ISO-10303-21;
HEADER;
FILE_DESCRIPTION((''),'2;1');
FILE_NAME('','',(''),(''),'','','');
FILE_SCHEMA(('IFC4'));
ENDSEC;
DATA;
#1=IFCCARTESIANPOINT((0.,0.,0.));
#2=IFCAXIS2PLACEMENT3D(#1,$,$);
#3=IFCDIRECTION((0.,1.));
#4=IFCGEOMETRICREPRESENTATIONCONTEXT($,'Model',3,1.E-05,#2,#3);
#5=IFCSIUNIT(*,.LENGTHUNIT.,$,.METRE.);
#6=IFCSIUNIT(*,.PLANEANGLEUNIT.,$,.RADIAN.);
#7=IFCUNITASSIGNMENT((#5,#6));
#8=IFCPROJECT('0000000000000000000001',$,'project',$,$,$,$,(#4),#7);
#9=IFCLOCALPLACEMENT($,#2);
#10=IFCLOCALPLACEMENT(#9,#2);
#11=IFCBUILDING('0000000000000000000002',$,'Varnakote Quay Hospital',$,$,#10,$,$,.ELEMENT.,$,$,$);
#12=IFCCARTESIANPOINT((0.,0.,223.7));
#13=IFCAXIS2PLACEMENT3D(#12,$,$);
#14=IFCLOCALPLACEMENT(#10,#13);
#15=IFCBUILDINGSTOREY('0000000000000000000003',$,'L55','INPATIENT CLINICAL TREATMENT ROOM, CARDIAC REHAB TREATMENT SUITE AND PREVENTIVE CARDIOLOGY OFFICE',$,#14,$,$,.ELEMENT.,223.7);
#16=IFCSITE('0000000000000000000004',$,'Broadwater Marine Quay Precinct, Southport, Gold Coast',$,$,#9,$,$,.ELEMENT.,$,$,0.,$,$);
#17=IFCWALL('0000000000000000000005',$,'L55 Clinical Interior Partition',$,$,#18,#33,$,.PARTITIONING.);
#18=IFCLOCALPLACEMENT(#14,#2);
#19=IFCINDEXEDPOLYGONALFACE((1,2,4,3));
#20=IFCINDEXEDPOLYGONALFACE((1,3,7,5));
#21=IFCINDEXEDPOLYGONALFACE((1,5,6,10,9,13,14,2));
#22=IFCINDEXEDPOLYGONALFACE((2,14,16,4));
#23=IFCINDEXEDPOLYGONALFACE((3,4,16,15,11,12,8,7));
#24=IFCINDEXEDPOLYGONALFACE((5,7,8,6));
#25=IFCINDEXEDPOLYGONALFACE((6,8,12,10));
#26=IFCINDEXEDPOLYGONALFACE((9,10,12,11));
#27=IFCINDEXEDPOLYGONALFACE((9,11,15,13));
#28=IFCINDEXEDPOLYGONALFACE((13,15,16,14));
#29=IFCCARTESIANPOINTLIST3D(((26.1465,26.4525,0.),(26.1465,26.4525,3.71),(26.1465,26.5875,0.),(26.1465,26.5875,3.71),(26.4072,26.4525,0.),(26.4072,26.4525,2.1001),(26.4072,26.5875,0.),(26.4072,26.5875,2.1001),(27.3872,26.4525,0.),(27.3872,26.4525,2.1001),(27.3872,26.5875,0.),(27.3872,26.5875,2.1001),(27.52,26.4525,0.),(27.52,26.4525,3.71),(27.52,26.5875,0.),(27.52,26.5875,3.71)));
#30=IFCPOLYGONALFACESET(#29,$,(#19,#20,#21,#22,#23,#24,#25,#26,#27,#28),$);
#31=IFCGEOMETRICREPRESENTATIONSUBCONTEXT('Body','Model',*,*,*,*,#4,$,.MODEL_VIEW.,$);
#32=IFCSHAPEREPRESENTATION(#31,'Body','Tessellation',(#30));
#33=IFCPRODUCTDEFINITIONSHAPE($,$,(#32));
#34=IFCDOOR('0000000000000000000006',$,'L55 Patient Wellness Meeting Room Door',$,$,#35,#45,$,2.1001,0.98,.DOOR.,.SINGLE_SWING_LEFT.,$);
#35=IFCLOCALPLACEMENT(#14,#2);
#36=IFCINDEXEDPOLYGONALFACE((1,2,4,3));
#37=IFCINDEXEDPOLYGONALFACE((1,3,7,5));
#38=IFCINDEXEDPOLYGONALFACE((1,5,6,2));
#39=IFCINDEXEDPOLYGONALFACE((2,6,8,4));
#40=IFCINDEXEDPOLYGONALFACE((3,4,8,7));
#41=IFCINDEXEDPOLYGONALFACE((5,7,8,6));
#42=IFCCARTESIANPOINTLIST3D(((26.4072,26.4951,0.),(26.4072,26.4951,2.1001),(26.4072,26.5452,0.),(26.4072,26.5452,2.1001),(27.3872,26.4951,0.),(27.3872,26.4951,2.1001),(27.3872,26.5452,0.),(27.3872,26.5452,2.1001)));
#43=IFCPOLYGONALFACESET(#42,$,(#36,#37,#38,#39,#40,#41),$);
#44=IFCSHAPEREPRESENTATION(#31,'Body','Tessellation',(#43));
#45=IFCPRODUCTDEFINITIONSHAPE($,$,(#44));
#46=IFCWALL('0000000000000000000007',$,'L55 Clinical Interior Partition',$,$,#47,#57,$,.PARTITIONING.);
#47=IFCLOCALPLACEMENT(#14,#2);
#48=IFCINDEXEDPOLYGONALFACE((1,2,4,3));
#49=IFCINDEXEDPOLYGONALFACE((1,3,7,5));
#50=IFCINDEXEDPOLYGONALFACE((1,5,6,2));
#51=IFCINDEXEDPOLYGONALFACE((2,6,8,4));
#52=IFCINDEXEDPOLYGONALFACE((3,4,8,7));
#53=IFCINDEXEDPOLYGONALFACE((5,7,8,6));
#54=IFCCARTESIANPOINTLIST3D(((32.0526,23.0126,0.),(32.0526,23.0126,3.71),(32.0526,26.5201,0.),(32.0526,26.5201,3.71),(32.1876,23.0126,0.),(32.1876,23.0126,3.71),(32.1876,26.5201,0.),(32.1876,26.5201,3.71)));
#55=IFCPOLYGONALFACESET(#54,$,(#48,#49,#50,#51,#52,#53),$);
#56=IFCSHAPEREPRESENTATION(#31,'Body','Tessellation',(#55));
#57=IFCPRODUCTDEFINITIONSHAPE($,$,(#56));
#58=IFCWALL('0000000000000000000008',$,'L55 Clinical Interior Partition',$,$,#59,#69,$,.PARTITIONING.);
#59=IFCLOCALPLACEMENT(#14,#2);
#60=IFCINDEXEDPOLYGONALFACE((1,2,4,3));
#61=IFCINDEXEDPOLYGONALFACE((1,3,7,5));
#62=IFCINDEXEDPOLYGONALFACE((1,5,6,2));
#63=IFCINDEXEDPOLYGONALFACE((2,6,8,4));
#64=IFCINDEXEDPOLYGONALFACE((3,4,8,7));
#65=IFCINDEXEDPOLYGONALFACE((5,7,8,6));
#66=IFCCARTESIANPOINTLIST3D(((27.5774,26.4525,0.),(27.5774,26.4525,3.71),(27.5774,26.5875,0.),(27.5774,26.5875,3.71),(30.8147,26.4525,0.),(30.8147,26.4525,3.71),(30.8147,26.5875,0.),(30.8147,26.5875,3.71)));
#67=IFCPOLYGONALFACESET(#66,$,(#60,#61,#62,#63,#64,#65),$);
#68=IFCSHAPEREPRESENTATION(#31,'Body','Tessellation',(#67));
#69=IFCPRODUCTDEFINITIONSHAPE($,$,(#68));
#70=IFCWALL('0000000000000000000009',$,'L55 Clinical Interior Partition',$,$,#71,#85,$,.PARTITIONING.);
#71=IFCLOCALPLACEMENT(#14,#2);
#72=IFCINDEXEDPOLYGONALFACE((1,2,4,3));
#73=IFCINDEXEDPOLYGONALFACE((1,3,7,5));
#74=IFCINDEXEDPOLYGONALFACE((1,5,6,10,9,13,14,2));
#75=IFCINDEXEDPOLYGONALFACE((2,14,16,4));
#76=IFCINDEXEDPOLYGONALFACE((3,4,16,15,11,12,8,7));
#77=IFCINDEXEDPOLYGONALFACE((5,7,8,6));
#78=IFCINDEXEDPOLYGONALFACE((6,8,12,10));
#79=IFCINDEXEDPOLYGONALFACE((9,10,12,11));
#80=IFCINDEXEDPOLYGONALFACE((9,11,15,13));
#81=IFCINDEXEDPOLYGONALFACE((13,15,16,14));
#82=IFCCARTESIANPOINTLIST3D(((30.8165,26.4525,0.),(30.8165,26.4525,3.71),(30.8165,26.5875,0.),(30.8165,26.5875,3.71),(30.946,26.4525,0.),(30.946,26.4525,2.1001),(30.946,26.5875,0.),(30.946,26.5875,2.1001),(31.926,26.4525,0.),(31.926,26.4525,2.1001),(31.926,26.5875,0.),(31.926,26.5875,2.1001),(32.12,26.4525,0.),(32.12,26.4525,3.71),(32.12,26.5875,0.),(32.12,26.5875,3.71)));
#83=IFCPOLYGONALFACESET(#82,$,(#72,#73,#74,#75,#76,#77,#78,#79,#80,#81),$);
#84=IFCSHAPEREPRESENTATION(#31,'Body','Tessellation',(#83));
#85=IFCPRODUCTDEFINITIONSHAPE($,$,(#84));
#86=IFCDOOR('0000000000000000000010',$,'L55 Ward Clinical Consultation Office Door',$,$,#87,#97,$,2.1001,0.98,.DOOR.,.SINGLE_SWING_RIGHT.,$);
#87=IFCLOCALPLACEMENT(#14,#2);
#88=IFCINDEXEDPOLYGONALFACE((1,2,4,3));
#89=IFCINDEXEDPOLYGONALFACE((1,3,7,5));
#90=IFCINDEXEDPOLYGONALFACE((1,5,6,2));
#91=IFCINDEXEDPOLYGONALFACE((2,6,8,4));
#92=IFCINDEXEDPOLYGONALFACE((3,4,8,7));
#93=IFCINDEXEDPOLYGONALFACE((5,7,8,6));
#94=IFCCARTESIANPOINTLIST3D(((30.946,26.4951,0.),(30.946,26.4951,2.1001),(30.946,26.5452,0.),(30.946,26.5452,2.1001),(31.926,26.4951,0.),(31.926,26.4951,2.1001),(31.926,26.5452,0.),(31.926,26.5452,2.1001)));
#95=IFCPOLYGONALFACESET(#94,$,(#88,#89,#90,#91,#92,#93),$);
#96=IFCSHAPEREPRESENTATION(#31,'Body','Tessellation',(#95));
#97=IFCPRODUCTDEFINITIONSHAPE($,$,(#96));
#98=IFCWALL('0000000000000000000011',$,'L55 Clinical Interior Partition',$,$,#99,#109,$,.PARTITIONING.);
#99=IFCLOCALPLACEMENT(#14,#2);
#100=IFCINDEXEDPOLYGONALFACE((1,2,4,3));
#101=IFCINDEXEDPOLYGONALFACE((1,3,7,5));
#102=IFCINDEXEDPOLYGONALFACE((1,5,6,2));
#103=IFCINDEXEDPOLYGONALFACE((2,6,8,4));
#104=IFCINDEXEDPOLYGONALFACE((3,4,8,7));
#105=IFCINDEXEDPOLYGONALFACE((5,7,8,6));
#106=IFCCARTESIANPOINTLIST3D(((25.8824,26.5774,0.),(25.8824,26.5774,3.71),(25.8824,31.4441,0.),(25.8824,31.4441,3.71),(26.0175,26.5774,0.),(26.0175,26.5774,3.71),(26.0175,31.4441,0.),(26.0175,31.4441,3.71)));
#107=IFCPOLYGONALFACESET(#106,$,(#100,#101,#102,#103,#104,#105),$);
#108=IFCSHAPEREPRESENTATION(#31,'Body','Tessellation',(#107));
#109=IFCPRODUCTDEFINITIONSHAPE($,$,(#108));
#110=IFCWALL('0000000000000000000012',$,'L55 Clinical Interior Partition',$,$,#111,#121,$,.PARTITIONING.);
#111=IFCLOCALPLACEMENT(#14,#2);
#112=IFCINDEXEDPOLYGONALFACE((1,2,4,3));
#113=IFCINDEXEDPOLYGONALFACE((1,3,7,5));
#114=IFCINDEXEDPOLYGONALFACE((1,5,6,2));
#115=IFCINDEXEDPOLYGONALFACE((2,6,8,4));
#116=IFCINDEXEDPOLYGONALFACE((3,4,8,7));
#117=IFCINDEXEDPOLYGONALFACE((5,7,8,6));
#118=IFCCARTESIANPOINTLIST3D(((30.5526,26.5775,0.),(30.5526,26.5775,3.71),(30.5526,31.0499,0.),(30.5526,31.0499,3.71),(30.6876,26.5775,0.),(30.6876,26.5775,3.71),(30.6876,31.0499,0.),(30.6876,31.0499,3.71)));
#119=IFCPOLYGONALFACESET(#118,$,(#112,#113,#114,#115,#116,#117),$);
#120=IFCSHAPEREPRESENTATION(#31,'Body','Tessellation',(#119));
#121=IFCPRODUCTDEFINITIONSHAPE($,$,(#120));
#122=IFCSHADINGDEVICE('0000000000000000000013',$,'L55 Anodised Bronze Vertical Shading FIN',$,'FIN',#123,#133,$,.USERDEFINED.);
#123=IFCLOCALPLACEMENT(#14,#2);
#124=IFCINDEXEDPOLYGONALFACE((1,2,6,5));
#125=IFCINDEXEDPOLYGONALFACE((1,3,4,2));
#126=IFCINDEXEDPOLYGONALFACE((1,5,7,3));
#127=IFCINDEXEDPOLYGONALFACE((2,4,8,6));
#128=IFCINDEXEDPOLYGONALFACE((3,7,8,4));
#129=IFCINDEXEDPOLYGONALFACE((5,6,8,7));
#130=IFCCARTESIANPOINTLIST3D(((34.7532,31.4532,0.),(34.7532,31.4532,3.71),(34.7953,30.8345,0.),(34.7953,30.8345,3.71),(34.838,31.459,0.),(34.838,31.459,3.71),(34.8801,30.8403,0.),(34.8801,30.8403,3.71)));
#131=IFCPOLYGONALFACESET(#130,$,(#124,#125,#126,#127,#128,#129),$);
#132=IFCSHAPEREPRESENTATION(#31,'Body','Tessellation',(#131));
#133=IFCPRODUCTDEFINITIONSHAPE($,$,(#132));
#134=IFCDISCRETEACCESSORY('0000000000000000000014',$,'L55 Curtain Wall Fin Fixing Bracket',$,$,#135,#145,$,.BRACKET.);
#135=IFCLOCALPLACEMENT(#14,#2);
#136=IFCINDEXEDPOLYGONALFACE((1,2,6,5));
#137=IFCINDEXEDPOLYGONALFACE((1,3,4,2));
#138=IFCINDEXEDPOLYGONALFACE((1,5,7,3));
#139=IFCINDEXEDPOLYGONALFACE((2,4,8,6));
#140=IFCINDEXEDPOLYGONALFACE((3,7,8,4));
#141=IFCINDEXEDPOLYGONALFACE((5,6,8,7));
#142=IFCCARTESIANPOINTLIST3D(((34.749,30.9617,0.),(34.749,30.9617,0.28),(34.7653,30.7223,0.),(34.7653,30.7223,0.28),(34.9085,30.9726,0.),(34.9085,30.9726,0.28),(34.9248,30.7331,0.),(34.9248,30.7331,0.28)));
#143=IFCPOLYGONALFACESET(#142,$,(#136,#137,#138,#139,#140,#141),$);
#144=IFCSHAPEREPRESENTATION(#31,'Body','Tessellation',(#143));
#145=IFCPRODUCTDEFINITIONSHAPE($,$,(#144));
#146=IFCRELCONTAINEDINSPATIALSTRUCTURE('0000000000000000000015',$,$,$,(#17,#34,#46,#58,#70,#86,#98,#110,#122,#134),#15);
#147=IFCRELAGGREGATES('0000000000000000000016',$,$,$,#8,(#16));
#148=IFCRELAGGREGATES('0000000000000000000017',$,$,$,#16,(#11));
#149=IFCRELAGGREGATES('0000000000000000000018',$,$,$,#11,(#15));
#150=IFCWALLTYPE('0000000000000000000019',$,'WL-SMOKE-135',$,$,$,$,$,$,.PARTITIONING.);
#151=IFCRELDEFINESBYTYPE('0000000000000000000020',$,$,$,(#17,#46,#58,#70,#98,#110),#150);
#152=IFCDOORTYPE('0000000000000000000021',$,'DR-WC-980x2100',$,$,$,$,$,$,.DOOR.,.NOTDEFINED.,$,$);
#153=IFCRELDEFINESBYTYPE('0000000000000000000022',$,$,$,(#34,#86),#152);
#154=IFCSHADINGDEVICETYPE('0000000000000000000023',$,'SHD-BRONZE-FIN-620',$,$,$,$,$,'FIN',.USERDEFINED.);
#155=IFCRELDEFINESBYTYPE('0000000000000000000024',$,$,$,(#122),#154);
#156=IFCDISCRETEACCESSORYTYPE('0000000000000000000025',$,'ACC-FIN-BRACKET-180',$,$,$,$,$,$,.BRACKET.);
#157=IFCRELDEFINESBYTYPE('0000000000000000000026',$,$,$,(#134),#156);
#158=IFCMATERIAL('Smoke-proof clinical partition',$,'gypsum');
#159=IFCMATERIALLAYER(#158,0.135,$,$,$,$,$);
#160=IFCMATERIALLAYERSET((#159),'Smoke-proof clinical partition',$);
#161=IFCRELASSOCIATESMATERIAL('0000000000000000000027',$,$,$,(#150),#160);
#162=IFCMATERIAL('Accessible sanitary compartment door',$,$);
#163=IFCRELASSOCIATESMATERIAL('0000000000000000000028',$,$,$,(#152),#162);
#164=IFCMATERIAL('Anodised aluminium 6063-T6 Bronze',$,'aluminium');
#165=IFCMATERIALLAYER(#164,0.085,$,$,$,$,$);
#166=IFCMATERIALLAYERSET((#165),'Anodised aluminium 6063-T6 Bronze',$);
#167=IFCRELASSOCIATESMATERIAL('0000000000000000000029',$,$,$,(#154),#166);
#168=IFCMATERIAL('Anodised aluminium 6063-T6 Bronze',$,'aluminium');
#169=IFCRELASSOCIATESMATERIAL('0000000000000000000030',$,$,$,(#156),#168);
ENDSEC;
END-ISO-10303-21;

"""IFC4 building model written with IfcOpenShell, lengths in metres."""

from ifc_helpers import new_model, si_unit, direction, frame, frame_2d, origin, origin_2d, place, context, subcontext, project, spatial, rectangle, extrude, material, layer, layer_set, type_object, element, fill, save


model = new_model("IFC4")

# Units and contexts
model_context = context("Model", 3, precision=1e-05, world=origin(), true_north=direction((0.0, 1.0)))
body_context = subcontext(model_context, "Body", "Model", "MODEL_VIEW")
ifc_project = project(units=[si_unit("LENGTHUNIT", "METRE"), si_unit("PLANEANGLEUNIT", "RADIAN")], contexts=[model_context])

# Site, building, storey
site_placement = place(None, origin())
site = spatial("IfcSite", under=ifc_project, at=site_placement, Name="Broadwater Marine Quay Precinct, Southport, Gold Coast", CompositionType="ELEMENT", RefElevation=0.0)
building_placement = place(site_placement, origin())
building = spatial("IfcBuilding", under=site, at=building_placement, Name="Varnakote Quay Hospital", CompositionType="ELEMENT")
storey_placement = place(building_placement, frame((0.0, 0.0, 223.7)))
storey = spatial("IfcBuildingStorey", under=building, at=storey_placement, Name="L55", Description="INPATIENT CLINICAL TREATMENT ROOM, CARDIAC REHAB TREATMENT SUITE AND PREVENTIVE CARDIOLOGY OFFICE", CompositionType="ELEMENT", Elevation=223.7)

# Shared definitions
ifc_material_1 = material(Name="Smoke-proof clinical partition", Category="gypsum")
ifc_layer_1 = layer(ifc_material_1, 0.135)
ifc_layer_set_1 = layer_set([ifc_layer_1], Name="Smoke-proof clinical partition")
wall_type_1 = type_object("IfcWallType", Name="WL-SMOKE-135", PredefinedType="PARTITIONING", material=ifc_layer_set_1)

# Wall, opening, door
wall_1_placement = place(storey_placement, frame((27.52, 26.52, 0.0), z_axis=(0.0, 0.0, 1.0), x_axis=(-1.0, 0.0, 0.0)))
wall_1 = element("IfcWall", 1, at=wall_1_placement, inside=storey, type_object=wall_type_1, Name="L55 Clinical Interior Partition", PredefinedType="PARTITIONING", context=body_context, shape_type="SweptSolid", body=[
    extrude(rectangle(XDim=1.3735, YDim=0.135, at=frame_2d((0.6868, 0.0))), origin(), (0.0, 0.0, 1.0), 3.71),
])
opening_1_placement = place(wall_1_placement, frame((0.1328, 0.0, 0.0)))
opening_1 = element("IfcOpeningElement", 2, at=opening_1_placement, cuts=wall_1, PredefinedType="OPENING", context=body_context, shape_type="SweptSolid", body=[
    extrude(rectangle(XDim=0.98, YDim=2.1001, at=frame_2d((0.49, 1.05))), frame((0.0, 0.0774, 0.0), z_axis=(0.0, -1.0, 0.0), x_axis=(1.0, 0.0, 0.0)), (0.0, 0.0, 1.0), 0.155),
])
ifc_material_2 = material(Name="Accessible sanitary compartment door")
door_type_1 = type_object("IfcDoorType", Name="DR-WC-980x2100", OperationType="NOTDEFINED", PredefinedType="DOOR", material=ifc_material_2)
door_1_placement = place(opening_1_placement, origin())
door_1 = element("IfcDoor", 3, at=door_1_placement, inside=storey, type_object=door_type_1, Name="L55 Patient Wellness Meeting Room Door", OperationType="SINGLE_SWING_LEFT", OverallHeight=2.1001, OverallWidth=0.98, PredefinedType="DOOR", context=body_context, shape_type="SweptSolid", body=[
    extrude(rectangle(XDim=0.98, YDim=2.1001, at=frame_2d((0.49, 1.05))), frame((0.0, 0.0249, 0.0), z_axis=(0.0, -1.0, 0.0), x_axis=(1.0, 0.0, 0.0)), (0.0, 0.0, 1.0), 0.05),
])
fill(opening_1, door_1)

# Walls
wall_2_placement = place(storey_placement, frame((32.1201, 23.0125, 0.0), z_axis=(0.0, 0.0, 1.0), x_axis=(0.0, 1.0, 0.0)))
element("IfcWall", 4, at=wall_2_placement, inside=storey, type_object=wall_type_1, Name="L55 Clinical Interior Partition", PredefinedType="PARTITIONING", context=body_context, shape_type="SweptSolid", body=[
    extrude(rectangle(XDim=3.5076, YDim=0.135, at=frame_2d((1.7539, 0.0))), origin(), (0.0, 0.0, 1.0), 3.71),
])
wall_3_placement = place(storey_placement, frame((30.8147, 26.52, 0.0), z_axis=(0.0, 0.0, 1.0), x_axis=(-1.0, 0.0, 0.0)))
element("IfcWall", 5, at=wall_3_placement, inside=storey, type_object=wall_type_1, Name="L55 Clinical Interior Partition", PredefinedType="PARTITIONING", context=body_context, shape_type="SweptSolid", body=[
    extrude(rectangle(XDim=3.2373, YDim=0.135, at=frame_2d((1.6187, 0.0))), origin(), (0.0, 0.0, 1.0), 3.71),
])

# Wall, opening, door
wall_4_placement = place(storey_placement, frame((32.1201, 26.52, 0.0), z_axis=(0.0, 0.0, 1.0), x_axis=(-1.0, 0.0, 0.0)))
wall_4 = element("IfcWall", 6, at=wall_4_placement, inside=storey, type_object=wall_type_1, Name="L55 Clinical Interior Partition", PredefinedType="PARTITIONING", context=body_context, shape_type="SweptSolid", body=[
    extrude(rectangle(XDim=1.3035, YDim=0.135, at=frame_2d((0.6519, 0.0))), origin(), (0.0, 0.0, 1.0), 3.71),
])
opening_2_placement = place(wall_4_placement, frame((0.1941, 0.0, 0.0)))
opening_2 = element("IfcOpeningElement", 7, at=opening_2_placement, cuts=wall_4, PredefinedType="OPENING", context=body_context, shape_type="SweptSolid", body=[
    extrude(rectangle(XDim=0.98, YDim=2.1001, at=frame_2d((0.49, 1.05))), frame((0.0, 0.0774, 0.0), z_axis=(0.0, -1.0, 0.0), x_axis=(1.0, 0.0, 0.0)), (0.0, 0.0, 1.0), 0.155),
])
door_2_placement = place(opening_2_placement, origin())
door_2 = element("IfcDoor", 8, at=door_2_placement, inside=storey, type_object=door_type_1, Name="L55 Ward Clinical Consultation Office Door", OperationType="SINGLE_SWING_RIGHT", OverallHeight=2.1001, OverallWidth=0.98, PredefinedType="DOOR", context=body_context, shape_type="SweptSolid", body=[
    extrude(rectangle(XDim=0.98, YDim=2.1001, at=frame_2d((0.49, 1.05))), frame((0.0, 0.0249, 0.0), z_axis=(0.0, -1.0, 0.0), x_axis=(1.0, 0.0, 0.0)), (0.0, 0.0, 1.0), 0.05),
])
fill(opening_2, door_2)

# Walls
wall_5_placement = place(storey_placement, frame((25.95, 26.5774, 0.0), z_axis=(0.0, 0.0, 1.0), x_axis=(0.0, 1.0, 0.0)))
element("IfcWall", 9, at=wall_5_placement, inside=storey, type_object=wall_type_1, Name="L55 Clinical Interior Partition", PredefinedType="PARTITIONING", context=body_context, shape_type="SweptSolid", body=[
    extrude(rectangle(XDim=4.8667, YDim=0.135, at=frame_2d((2.4333, 0.0))), origin(), (0.0, 0.0, 1.0), 3.71),
])
wall_6_placement = place(storey_placement, frame((30.6201, 26.5774, 0.0), z_axis=(0.0, 0.0, 1.0), x_axis=(0.0, 1.0, 0.0)))
element("IfcWall", 10, at=wall_6_placement, inside=storey, type_object=wall_type_1, Name="L55 Clinical Interior Partition", PredefinedType="PARTITIONING", context=body_context, shape_type="SweptSolid", body=[
    extrude(rectangle(XDim=4.4724, YDim=0.135, at=frame_2d((2.2363, 0.0))), origin(), (0.0, 0.0, 1.0), 3.71),
])

# Shading device
ifc_material_3 = material(Name="Anodised aluminium 6063-T6 Bronze", Category="aluminium")
ifc_layer_2 = layer(ifc_material_3, 0.085)
ifc_layer_set_2 = layer_set([ifc_layer_2], Name="Anodised aluminium 6063-T6 Bronze")
shading_device_type = type_object("IfcShadingDeviceType", Name="SHD-BRONZE-FIN-620", ElementType="FIN", PredefinedType="USERDEFINED", material=ifc_layer_set_2)
shading_device_placement = place(storey_placement, frame((34.8167, 31.1467, 0.0), z_axis=(0.0, 0.0, 1.0), x_axis=(0.067841, -0.997696, 0.0)))
element("IfcShadingDevice", 11, at=shading_device_placement, inside=storey, type_object=shading_device_type, Name="L55 Anodised Bronze Vertical Shading FIN", ObjectType="FIN", PredefinedType="USERDEFINED", context=body_context, shape_type="SweptSolid", body=[
    extrude(rectangle(XDim=0.6201, YDim=0.085, at=origin_2d()), origin(), (0.0, 0.0, 1.0), 3.71),
])

# Discrete accessory
ifc_material_4 = material(Name="Anodised aluminium 6063-T6 Bronze", Category="aluminium")
discrete_accessory_type = type_object("IfcDiscreteAccessoryType", Name="ACC-FIN-BRACKET-180", PredefinedType="BRACKET", material=ifc_material_4)
discrete_accessory_placement = place(storey_placement, frame((34.8369, 30.8474, 0.0), z_axis=(0.0, 0.0, 1.0), x_axis=(-0.997696, -0.067841, 0.0)))
element("IfcDiscreteAccessory", 12, at=discrete_accessory_placement, inside=storey, type_object=discrete_accessory_type, Name="L55 Curtain Wall Fin Fixing Bracket", PredefinedType="BRACKET", context=body_context, shape_type="SweptSolid", body=[
    extrude(rectangle(XDim=0.1599, YDim=0.24, at=origin_2d()), origin(), (0.0, 0.0, 1.0), 0.28),
])

save(model, "model.ifc")
